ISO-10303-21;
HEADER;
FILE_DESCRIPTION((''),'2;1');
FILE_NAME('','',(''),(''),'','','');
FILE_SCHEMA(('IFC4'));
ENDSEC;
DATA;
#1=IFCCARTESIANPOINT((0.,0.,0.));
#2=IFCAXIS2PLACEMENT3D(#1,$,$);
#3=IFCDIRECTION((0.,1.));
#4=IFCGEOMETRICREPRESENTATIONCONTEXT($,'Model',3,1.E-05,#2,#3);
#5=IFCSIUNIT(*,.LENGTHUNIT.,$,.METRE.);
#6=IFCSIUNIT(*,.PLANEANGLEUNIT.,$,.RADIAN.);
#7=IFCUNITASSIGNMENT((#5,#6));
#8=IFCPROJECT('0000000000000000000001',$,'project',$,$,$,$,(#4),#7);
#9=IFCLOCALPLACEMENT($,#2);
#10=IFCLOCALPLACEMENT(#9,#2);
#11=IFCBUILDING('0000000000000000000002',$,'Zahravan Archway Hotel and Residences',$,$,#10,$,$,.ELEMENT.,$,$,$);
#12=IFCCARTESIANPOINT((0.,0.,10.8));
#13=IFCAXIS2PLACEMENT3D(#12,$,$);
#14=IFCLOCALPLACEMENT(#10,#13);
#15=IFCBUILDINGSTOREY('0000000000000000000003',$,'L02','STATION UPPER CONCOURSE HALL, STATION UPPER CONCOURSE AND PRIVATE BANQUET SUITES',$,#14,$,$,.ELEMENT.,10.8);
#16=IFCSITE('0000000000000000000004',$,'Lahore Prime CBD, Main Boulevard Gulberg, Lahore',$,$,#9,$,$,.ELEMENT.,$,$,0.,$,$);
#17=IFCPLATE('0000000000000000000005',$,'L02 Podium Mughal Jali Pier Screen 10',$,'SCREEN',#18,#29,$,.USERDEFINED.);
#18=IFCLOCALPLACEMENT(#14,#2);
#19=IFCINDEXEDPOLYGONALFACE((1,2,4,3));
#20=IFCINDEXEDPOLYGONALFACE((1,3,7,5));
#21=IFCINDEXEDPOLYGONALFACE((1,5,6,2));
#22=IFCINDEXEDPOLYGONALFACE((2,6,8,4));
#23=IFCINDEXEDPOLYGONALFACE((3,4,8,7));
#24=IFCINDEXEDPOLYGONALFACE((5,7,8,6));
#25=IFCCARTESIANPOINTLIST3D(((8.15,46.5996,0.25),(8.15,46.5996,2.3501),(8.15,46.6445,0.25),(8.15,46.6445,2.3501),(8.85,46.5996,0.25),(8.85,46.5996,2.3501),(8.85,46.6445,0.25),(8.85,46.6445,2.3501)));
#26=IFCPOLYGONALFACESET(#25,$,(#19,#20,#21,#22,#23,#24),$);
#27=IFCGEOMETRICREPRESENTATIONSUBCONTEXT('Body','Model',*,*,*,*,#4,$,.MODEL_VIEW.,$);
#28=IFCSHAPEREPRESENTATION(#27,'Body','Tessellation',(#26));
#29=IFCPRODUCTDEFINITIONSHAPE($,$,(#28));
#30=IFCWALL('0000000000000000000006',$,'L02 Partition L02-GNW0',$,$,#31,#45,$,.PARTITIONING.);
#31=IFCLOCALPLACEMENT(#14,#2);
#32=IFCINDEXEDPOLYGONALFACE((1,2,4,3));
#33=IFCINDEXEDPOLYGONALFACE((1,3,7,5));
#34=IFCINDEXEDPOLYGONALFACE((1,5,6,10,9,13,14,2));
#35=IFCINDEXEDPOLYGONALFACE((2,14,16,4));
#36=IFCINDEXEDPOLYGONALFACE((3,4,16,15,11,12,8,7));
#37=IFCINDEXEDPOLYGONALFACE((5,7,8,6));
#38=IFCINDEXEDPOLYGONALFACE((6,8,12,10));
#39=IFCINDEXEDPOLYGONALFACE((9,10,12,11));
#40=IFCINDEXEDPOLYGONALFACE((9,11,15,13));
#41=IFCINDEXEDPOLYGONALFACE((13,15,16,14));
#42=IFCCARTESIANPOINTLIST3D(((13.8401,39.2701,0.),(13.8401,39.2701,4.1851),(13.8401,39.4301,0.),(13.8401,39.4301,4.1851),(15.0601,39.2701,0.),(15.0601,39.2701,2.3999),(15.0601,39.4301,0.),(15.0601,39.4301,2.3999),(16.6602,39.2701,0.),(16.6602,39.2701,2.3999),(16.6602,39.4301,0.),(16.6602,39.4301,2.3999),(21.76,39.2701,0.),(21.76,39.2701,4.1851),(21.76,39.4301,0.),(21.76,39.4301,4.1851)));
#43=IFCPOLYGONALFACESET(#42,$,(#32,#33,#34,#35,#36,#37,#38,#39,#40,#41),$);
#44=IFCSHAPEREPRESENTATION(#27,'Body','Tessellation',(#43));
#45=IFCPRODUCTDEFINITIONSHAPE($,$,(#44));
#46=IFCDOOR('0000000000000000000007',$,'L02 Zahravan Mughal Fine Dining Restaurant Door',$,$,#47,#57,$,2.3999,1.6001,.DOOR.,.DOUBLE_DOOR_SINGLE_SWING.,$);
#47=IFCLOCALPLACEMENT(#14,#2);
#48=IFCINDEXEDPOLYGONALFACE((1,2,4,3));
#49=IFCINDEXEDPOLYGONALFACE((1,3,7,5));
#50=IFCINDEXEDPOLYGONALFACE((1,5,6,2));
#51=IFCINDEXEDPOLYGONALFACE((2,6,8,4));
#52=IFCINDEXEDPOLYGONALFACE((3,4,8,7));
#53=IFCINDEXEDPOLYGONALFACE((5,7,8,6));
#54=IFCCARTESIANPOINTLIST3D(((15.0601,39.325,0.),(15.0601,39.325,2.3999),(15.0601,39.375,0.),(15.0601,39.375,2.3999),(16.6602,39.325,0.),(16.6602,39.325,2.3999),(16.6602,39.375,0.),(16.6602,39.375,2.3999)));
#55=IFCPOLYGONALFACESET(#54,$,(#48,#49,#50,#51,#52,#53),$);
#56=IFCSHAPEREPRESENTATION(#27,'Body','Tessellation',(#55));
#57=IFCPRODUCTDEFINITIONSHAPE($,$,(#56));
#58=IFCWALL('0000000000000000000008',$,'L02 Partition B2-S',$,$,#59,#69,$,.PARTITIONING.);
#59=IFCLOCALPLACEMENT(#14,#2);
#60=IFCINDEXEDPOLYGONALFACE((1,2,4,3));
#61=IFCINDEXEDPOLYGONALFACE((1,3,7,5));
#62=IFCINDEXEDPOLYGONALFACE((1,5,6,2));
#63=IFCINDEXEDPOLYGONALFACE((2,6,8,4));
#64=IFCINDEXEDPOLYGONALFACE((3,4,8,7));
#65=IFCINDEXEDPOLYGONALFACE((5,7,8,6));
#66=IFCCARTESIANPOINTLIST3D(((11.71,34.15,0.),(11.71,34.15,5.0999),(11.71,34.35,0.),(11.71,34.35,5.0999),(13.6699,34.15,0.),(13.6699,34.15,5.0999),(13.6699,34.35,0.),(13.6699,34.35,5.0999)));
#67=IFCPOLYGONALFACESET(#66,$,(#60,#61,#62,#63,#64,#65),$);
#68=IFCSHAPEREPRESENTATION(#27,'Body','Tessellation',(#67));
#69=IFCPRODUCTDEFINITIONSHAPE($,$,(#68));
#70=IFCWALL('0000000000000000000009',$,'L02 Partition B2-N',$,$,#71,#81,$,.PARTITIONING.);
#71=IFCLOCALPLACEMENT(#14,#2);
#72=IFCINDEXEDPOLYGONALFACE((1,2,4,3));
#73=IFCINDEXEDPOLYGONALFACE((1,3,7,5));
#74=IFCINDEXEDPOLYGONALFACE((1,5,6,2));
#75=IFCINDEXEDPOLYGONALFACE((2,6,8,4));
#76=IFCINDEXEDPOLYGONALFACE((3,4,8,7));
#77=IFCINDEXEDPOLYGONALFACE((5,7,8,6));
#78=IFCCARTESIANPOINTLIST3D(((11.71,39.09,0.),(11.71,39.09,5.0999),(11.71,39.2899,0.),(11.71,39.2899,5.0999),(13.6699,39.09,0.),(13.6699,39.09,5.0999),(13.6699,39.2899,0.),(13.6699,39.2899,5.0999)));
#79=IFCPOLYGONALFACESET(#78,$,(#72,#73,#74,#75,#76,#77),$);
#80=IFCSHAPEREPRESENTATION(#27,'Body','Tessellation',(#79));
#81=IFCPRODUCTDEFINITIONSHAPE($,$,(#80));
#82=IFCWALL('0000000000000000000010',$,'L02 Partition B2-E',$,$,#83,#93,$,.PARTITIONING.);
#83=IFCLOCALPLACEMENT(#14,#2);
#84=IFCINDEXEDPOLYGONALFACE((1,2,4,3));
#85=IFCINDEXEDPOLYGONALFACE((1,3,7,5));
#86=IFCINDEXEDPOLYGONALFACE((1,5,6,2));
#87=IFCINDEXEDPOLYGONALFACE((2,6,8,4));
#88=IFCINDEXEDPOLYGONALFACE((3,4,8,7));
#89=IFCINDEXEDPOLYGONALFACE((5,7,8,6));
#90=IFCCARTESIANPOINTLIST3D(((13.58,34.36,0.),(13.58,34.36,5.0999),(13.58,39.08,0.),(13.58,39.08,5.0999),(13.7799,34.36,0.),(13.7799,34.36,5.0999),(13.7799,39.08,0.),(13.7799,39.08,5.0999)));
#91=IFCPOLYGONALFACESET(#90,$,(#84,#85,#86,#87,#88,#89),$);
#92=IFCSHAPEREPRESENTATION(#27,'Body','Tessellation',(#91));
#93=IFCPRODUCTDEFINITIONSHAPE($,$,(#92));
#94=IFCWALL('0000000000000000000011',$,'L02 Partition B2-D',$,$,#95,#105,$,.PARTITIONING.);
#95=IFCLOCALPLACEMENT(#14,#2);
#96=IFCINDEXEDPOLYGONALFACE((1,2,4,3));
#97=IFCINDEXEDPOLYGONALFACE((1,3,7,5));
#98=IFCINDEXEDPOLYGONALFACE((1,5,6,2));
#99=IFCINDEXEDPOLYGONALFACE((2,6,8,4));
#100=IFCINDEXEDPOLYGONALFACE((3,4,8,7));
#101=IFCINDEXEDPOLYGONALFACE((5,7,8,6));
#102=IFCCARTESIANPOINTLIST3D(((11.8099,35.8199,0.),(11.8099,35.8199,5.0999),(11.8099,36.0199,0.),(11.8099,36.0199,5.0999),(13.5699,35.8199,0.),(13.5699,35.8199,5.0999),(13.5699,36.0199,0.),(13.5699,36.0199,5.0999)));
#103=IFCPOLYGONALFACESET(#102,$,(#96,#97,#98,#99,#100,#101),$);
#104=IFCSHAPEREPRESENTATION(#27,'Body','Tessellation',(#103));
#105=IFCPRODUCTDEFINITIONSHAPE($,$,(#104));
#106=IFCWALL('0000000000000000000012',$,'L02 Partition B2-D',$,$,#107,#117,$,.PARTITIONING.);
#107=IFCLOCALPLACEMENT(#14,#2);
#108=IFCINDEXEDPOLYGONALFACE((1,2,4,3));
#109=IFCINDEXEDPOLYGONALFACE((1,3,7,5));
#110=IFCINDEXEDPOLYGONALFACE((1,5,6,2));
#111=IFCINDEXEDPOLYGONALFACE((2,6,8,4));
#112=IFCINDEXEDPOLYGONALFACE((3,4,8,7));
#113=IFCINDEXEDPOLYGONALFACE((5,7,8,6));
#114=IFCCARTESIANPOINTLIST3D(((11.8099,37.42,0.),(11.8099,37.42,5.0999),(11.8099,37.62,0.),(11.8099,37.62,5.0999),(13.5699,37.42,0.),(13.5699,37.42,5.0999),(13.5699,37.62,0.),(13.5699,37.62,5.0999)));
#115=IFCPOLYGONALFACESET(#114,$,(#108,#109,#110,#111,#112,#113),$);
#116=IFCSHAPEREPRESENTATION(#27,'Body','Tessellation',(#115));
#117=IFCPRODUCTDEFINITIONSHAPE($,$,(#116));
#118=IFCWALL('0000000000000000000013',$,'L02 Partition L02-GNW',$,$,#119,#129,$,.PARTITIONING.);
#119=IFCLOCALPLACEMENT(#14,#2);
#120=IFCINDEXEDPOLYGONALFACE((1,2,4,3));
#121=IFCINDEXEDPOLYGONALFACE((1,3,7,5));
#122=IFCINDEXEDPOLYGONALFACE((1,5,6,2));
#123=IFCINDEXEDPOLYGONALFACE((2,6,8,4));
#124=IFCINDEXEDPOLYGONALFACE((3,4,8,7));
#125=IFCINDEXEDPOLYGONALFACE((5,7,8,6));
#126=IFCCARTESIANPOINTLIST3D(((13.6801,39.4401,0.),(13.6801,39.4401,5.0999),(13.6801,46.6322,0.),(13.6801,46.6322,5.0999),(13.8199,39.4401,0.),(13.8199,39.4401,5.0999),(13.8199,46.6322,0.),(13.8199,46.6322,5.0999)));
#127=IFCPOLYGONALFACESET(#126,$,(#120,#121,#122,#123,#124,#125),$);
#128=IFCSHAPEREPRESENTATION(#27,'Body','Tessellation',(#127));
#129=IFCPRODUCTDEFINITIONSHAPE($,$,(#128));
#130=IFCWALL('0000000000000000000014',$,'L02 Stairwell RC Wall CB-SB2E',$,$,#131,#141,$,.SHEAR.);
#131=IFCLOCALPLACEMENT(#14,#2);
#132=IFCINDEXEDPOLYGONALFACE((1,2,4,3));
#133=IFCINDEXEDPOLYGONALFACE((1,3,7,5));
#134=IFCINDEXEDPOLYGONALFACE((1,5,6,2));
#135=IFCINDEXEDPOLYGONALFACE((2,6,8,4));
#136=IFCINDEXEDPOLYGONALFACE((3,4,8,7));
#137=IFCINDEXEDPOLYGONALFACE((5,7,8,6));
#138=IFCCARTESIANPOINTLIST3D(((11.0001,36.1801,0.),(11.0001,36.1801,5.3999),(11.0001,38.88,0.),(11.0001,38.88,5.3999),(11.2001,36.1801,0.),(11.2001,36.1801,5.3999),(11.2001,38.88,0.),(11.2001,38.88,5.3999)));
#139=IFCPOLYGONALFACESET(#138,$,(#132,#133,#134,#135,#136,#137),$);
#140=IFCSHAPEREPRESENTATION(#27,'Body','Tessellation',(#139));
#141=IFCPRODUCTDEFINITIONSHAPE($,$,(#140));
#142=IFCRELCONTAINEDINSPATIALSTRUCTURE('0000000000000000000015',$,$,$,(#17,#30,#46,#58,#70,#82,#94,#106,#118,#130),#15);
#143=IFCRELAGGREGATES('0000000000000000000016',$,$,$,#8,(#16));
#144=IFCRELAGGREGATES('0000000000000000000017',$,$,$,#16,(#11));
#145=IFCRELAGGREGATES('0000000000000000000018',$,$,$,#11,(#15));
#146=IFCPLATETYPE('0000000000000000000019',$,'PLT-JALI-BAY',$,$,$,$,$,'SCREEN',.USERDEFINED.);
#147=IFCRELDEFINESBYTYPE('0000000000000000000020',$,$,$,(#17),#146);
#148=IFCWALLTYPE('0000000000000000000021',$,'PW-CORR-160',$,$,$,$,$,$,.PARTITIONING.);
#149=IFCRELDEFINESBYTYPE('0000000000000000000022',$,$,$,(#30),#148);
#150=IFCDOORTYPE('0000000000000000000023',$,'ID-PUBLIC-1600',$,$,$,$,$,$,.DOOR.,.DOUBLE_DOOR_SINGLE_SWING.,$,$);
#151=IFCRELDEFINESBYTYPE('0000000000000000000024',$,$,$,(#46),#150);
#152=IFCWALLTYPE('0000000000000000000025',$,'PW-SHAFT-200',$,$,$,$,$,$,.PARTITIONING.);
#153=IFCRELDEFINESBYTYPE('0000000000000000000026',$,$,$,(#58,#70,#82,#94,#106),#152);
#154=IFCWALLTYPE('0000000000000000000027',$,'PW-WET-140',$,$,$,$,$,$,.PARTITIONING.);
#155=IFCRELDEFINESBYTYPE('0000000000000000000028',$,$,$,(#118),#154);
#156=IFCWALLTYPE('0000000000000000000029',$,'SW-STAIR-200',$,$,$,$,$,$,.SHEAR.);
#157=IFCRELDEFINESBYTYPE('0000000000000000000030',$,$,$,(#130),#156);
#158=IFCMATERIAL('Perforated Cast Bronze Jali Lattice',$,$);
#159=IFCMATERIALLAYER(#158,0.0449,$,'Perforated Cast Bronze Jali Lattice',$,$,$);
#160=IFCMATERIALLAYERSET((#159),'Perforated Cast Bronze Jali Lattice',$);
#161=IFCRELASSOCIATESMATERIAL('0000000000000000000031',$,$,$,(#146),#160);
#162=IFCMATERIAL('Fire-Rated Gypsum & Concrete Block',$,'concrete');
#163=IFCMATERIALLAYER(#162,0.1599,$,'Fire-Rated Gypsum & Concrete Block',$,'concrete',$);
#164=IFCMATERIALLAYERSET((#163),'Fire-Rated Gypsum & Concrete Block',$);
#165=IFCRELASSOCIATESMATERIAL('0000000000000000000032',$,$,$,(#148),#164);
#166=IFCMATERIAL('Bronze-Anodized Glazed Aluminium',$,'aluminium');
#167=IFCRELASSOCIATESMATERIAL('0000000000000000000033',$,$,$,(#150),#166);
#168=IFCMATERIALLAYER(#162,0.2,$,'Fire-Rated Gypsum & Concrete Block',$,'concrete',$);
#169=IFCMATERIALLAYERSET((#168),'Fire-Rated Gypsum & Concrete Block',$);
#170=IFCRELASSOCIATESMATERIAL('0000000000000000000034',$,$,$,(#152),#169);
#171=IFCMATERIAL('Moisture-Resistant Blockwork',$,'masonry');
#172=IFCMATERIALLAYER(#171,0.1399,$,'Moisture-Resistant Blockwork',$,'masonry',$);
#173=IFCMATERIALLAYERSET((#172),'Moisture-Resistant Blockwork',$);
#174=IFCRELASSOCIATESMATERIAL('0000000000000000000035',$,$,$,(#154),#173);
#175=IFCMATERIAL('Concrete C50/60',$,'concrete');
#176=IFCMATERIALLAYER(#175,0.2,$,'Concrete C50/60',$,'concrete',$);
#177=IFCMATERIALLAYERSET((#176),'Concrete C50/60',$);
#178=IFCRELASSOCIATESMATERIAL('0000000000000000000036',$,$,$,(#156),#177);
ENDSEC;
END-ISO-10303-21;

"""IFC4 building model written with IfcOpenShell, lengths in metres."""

from ifc_helpers import new_model, si_unit, direction, frame, frame_2d, origin, origin_2d, place, context, subcontext, project, spatial, rectangle, extrude, source, transform, mapped, material, layer, layer_set, type_object, type_shapes, element, fill, save


model = new_model("IFC4")

# Units and contexts
model_context = context("Model", 3, precision=1e-05, world=origin(), true_north=direction((0.0, 1.0)))
body_context = subcontext(model_context, "Body", "Model", "MODEL_VIEW")
ifc_project = project(units=[si_unit("LENGTHUNIT", "METRE"), si_unit("PLANEANGLEUNIT", "RADIAN")], contexts=[model_context])

# Site, building, storey
site_placement = place(None, origin())
site = spatial("IfcSite", under=ifc_project, at=site_placement, Name="Lahore Prime CBD, Main Boulevard Gulberg, Lahore", CompositionType="ELEMENT", RefElevation=0.0)
building_placement = place(site_placement, origin())
building = spatial("IfcBuilding", under=site, at=building_placement, Name="Zahravan Archway Hotel and Residences", CompositionType="ELEMENT")
storey_placement = place(building_placement, frame((0.0, 0.0, 10.8)))
storey = spatial("IfcBuildingStorey", under=building, at=storey_placement, Name="L02", Description="STATION UPPER CONCOURSE HALL, STATION UPPER CONCOURSE AND PRIVATE BANQUET SUITES", CompositionType="ELEMENT", Elevation=10.8)

# Plate
ifc_material_1 = material(Name="Perforated Cast Bronze Jali Lattice")
ifc_layer_1 = layer(ifc_material_1, 0.0449, Name="Perforated Cast Bronze Jali Lattice")
ifc_layer_set_1 = layer_set([ifc_layer_1], Name="Perforated Cast Bronze Jali Lattice")
plate_type = type_object("IfcPlateType", Name="PLT-JALI-BAY", ElementType="SCREEN", PredefinedType="USERDEFINED", material=ifc_layer_set_1)
shared_shape_1 = source(origin(), body_context, "Body", "SweptSolid", [
    extrude(rectangle(XDim=0.7, YDim=0.0449, at=origin_2d()), origin(), (0.0, 0.0, 1.0), 2.1001),
])
type_shapes(plate_type, [shared_shape_1])
plate_placement = place(storey_placement, frame((8.5, 46.6221, 0.25), z_axis=(0.0, 0.0, 1.0), x_axis=(1.0, 0.0, 0.0)))
element("IfcPlate", 1, at=plate_placement, inside=storey, type_object=plate_type, Name="L02 Podium Mughal Jali Pier Screen 10", ObjectType="SCREEN", PredefinedType="USERDEFINED", context=body_context, shape_type="MappedRepresentation", body=[
    mapped(shared_shape_1, transform((0.0, 0.0, 0.0), scale=1.0)),
])

# Wall, opening, door
ifc_material_2 = material(Name="Fire-Rated Gypsum & Concrete Block", Category="concrete")
ifc_layer_2 = layer(ifc_material_2, 0.1599, Name="Fire-Rated Gypsum & Concrete Block", Category="concrete")
ifc_layer_set_2 = layer_set([ifc_layer_2], Name="Fire-Rated Gypsum & Concrete Block")
wall_type_1 = type_object("IfcWallType", Name="PW-CORR-160", PredefinedType="PARTITIONING", material=ifc_layer_set_2)
wall_1_placement = place(storey_placement, frame((13.8401, 39.3501, 0.0), z_axis=(0.0, 0.0, 1.0), x_axis=(1.0, 0.0, 0.0)))
wall_1 = element("IfcWall", 2, at=wall_1_placement, inside=storey, type_object=wall_type_1, Name="L02 Partition L02-GNW0", PredefinedType="PARTITIONING", context=body_context, shape_type="SweptSolid", body=[
    extrude(rectangle(XDim=7.9199, YDim=0.1599, at=frame_2d((3.96, 0.0))), origin(), (0.0, 0.0, 1.0), 4.1851),
])
opening_placement = place(wall_1_placement, frame((1.22, 0.0, 0.0)))
opening = element("IfcOpeningElement", 3, at=opening_placement, cuts=wall_1, PredefinedType="OPENING", context=body_context, shape_type="SweptSolid", body=[
    extrude(rectangle(XDim=1.6001, YDim=2.3999, at=frame_2d((0.8, 1.2))), frame((0.0, 0.0898, 0.0), z_axis=(0.0, -1.0, 0.0), x_axis=(1.0, 0.0, 0.0)), (0.0, 0.0, 1.0), 0.1799),
])
ifc_material_3 = material(Name="Bronze-Anodized Glazed Aluminium", Category="aluminium")
door_type = type_object("IfcDoorType", Name="ID-PUBLIC-1600", OperationType="DOUBLE_DOOR_SINGLE_SWING", PredefinedType="DOOR", material=ifc_material_3)
shared_shape_2 = source(origin(), body_context, "Body", "SweptSolid", [
    extrude(rectangle(XDim=1.6001, YDim=2.3999, at=frame_2d((0.8, 1.2))), frame((0.0, 0.0249, 0.0), z_axis=(0.0, -1.0, 0.0), x_axis=(1.0, 0.0, 0.0)), (0.0, 0.0, 1.0), 0.05),
])
type_shapes(door_type, [shared_shape_2])
door_placement = place(opening_placement, origin())
door = element("IfcDoor", 4, at=door_placement, inside=storey, type_object=door_type, Name="L02 Zahravan Mughal Fine Dining Restaurant Door", OperationType="DOUBLE_DOOR_SINGLE_SWING", OverallHeight=2.3999, OverallWidth=1.6001, PredefinedType="DOOR", context=body_context, shape_type="MappedRepresentation", body=[
    mapped(shared_shape_2, transform((0.0, 0.0, 0.0), scale=1.0)),
])
fill(opening, door)

# Walls
ifc_layer_3 = layer(ifc_material_2, 0.2, Name="Fire-Rated Gypsum & Concrete Block", Category="concrete")
ifc_layer_set_3 = layer_set([ifc_layer_3], Name="Fire-Rated Gypsum & Concrete Block")
wall_type_2 = type_object("IfcWallType", Name="PW-SHAFT-200", PredefinedType="PARTITIONING", material=ifc_layer_set_3)
for number, where, z_axis, x_axis, name in (
    (5, (11.71, 34.25, 0.0), (0.0, 0.0, 1.0), (1.0, 0.0, 0.0), "L02 Partition B2-S"),
    (6, (11.71, 39.1899, 0.0), (0.0, 0.0, 1.0), (1.0, 0.0, 0.0), "L02 Partition B2-N"),
):
    element("IfcWall", number, at=place(storey_placement, frame(where, z_axis=z_axis, x_axis=x_axis)), inside=storey, type_object=wall_type_2, Name=name, PredefinedType="PARTITIONING", context=body_context, shape_type="SweptSolid", body=[
        extrude(rectangle(XDim=1.96, YDim=0.2, at=frame_2d((0.98, 0.0))), origin(), (0.0, 0.0, 1.0), 5.0999),
    ])
wall_2_placement = place(storey_placement, frame((13.6799, 34.3601, 0.0), z_axis=(0.0, 0.0, 1.0), x_axis=(0.0, 1.0, 0.0)))
element("IfcWall", 7, at=wall_2_placement, inside=storey, type_object=wall_type_2, Name="L02 Partition B2-E", PredefinedType="PARTITIONING", context=body_context, shape_type="SweptSolid", body=[
    extrude(rectangle(XDim=4.72, YDim=0.2, at=frame_2d((2.3599, 0.0))), origin(), (0.0, 0.0, 1.0), 5.0999),
])
for number, where, z_axis, x_axis, name in (
    (8, (11.8101, 35.9199, 0.0), (0.0, 0.0, 1.0), (1.0, 0.0, 0.0), "L02 Partition B2-D"),
    (9, (11.8101, 37.52, 0.0), (0.0, 0.0, 1.0), (1.0, 0.0, 0.0), "L02 Partition B2-D"),
):
    element("IfcWall", number, at=place(storey_placement, frame(where, z_axis=z_axis, x_axis=x_axis)), inside=storey, type_object=wall_type_2, Name=name, PredefinedType="PARTITIONING", context=body_context, shape_type="SweptSolid", body=[
        extrude(rectangle(XDim=1.76, YDim=0.2, at=frame_2d((0.8799, 0.0))), origin(), (0.0, 0.0, 1.0), 5.0999),
    ])
ifc_material_4 = material(Name="Moisture-Resistant Blockwork", Category="masonry")
ifc_layer_4 = layer(ifc_material_4, 0.1399, Name="Moisture-Resistant Blockwork", Category="masonry")
ifc_layer_set_4 = layer_set([ifc_layer_4], Name="Moisture-Resistant Blockwork")
wall_type_3 = type_object("IfcWallType", Name="PW-WET-140", PredefinedType="PARTITIONING", material=ifc_layer_set_4)
wall_3_placement = place(storey_placement, frame((13.75, 39.4399, 0.0), z_axis=(0.0, 0.0, 1.0), x_axis=(0.0, 1.0, 0.0)))
element("IfcWall", 10, at=wall_3_placement, inside=storey, type_object=wall_type_3, Name="L02 Partition L02-GNW", PredefinedType="PARTITIONING", context=body_context, shape_type="SweptSolid", body=[
    extrude(rectangle(XDim=7.1921, YDim=0.1399, at=frame_2d((3.5962, 0.0))), origin(), (0.0, 0.0, 1.0), 5.0999),
])
ifc_material_5 = material(Name="Concrete C50/60", Category="concrete")
ifc_layer_5 = layer(ifc_material_5, 0.2, Name="Concrete C50/60", Category="concrete")
ifc_layer_set_5 = layer_set([ifc_layer_5], Name="Concrete C50/60")
wall_type_4 = type_object("IfcWallType", Name="SW-STAIR-200", PredefinedType="SHEAR", material=ifc_layer_set_5)
wall_4_placement = place(storey_placement, frame((11.1001, 36.1799, 0.0), z_axis=(0.0, 0.0, 1.0), x_axis=(0.0, 1.0, 0.0)))
element("IfcWall", 11, at=wall_4_placement, inside=storey, type_object=wall_type_4, Name="L02 Stairwell RC Wall CB-SB2E", PredefinedType="SHEAR", context=body_context, shape_type="SweptSolid", body=[
    extrude(rectangle(XDim=2.7, YDim=0.2, at=frame_2d((1.3501, 0.0))), origin(), (0.0, 0.0, 1.0), 5.3999),
])

save(model, "model.ifc")
